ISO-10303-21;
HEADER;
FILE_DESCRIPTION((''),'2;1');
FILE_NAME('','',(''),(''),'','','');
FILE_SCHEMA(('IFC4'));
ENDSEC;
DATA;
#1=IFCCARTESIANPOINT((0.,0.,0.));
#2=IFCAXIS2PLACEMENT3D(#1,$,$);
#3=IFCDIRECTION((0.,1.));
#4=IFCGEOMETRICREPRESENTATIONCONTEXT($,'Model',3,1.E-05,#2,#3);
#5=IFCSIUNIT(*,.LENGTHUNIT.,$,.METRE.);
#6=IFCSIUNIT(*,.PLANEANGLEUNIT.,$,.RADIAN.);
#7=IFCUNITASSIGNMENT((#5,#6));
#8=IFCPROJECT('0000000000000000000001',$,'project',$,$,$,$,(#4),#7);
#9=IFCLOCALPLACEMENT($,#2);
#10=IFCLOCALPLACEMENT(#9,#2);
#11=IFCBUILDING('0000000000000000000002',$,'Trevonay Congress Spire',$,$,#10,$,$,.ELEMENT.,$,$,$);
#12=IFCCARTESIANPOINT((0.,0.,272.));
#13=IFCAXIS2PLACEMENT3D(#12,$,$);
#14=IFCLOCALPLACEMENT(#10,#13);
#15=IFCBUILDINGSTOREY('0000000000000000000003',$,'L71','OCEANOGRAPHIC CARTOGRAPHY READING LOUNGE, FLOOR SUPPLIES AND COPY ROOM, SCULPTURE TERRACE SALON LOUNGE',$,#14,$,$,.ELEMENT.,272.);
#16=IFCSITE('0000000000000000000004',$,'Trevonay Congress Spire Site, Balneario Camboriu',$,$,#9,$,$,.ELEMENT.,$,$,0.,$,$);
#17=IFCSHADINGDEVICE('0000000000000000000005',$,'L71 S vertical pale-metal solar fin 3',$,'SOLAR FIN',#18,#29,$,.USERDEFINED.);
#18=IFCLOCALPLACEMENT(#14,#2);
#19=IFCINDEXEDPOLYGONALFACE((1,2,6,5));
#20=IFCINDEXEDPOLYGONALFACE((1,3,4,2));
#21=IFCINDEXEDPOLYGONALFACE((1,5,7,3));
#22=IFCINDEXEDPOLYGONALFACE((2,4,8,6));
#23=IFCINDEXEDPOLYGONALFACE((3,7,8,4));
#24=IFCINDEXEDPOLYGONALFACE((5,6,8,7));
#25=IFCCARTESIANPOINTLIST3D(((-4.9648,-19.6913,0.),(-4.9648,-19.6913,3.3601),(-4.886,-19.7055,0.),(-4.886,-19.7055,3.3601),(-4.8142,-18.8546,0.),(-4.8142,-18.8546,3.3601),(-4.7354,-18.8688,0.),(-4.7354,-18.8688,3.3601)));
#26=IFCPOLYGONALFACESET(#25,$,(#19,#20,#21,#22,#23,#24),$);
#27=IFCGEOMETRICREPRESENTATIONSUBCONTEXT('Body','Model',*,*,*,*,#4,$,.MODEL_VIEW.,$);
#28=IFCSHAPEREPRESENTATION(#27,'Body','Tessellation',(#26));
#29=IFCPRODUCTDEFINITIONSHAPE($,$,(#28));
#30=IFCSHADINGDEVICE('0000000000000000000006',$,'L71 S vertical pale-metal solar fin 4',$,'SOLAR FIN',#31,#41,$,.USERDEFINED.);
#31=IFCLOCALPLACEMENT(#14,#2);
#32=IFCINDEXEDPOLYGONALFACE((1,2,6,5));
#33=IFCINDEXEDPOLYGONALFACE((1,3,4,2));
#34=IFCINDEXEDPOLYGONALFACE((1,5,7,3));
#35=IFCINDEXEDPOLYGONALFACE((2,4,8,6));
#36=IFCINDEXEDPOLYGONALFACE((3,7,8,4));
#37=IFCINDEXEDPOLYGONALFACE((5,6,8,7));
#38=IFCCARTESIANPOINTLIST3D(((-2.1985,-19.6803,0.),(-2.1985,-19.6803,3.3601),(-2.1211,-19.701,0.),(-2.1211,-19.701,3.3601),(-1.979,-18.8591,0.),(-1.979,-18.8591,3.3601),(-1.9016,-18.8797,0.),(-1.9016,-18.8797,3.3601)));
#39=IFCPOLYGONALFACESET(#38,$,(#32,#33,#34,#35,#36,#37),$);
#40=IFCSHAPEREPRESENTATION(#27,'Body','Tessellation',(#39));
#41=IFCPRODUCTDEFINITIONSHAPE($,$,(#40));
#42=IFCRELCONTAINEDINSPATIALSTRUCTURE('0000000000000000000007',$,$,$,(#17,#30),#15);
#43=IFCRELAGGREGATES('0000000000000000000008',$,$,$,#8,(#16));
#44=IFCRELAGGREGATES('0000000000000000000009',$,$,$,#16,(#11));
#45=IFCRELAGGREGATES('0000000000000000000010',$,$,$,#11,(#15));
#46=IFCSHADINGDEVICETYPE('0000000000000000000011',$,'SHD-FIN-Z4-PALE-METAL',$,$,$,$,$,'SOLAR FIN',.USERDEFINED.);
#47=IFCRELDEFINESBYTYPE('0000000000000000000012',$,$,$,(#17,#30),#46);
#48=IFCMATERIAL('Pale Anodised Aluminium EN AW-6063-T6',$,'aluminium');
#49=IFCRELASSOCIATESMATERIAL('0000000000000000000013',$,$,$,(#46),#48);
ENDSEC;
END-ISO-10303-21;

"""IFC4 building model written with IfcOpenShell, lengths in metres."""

from ifc_helpers import new_model, si_unit, direction, frame, origin, origin_2d, place, context, subcontext, project, spatial, rectangle, extrude, material, type_object, element, save


model = new_model("IFC4")

# Units and contexts
model_context = context("Model", 3, precision=1e-05, world=origin(), true_north=direction((0.0, 1.0)))
body_context = subcontext(model_context, "Body", "Model", "MODEL_VIEW")
ifc_project = project(units=[si_unit("LENGTHUNIT", "METRE"), si_unit("PLANEANGLEUNIT", "RADIAN")], contexts=[model_context])

# Site, building, storey
site_placement = place(None, origin())
site = spatial("IfcSite", under=ifc_project, at=site_placement, Name="Trevonay Congress Spire Site, Balneario Camboriu", CompositionType="ELEMENT", RefElevation=0.0)
building_placement = place(site_placement, origin())
building = spatial("IfcBuilding", under=site, at=building_placement, Name="Trevonay Congress Spire", CompositionType="ELEMENT")
storey_placement = place(building_placement, frame((0.0, 0.0, 272.0)))
storey = spatial("IfcBuildingStorey", under=building, at=storey_placement, Name="L71", Description="OCEANOGRAPHIC CARTOGRAPHY READING LOUNGE, FLOOR SUPPLIES AND COPY ROOM, SCULPTURE TERRACE SALON LOUNGE", CompositionType="ELEMENT", Elevation=272.0)

# Shared definitions
ifc_material_1 = material(Name="Pale Anodised Aluminium EN AW-6063-T6", Category="aluminium")

# Shading devices
shading_device_type = type_object("IfcShadingDeviceType", Name="SHD-FIN-Z4-PALE-METAL", ElementType="SOLAR FIN", PredefinedType="USERDEFINED", material=ifc_material_1)
for number, where, z_axis, x_axis, name in (
    (1, (-4.8501, -19.28, 0.0), (0.0, 0.0, 1.0), (0.984196, -0.177085, 0.0), "L71 S vertical pale-metal solar fin 3"),
    (2, (-2.05, -19.28, 0.0), (0.0, 0.0, 1.0), (0.966106, -0.258145, 0.0), "L71 S vertical pale-metal solar fin 4"),
):
    element("IfcShadingDevice", number, at=place(storey_placement, frame(where, z_axis=z_axis, x_axis=x_axis)), inside=storey, type_object=shading_device_type, Name=name, ObjectType="SOLAR FIN", PredefinedType="USERDEFINED", context=body_context, shape_type="SweptSolid", body=[
        extrude(rectangle(XDim=0.0801, YDim=0.8501, at=origin_2d()), origin(), (0.0, 0.0, 1.0), 3.3601),
    ])

save(model, "model.ifc")
